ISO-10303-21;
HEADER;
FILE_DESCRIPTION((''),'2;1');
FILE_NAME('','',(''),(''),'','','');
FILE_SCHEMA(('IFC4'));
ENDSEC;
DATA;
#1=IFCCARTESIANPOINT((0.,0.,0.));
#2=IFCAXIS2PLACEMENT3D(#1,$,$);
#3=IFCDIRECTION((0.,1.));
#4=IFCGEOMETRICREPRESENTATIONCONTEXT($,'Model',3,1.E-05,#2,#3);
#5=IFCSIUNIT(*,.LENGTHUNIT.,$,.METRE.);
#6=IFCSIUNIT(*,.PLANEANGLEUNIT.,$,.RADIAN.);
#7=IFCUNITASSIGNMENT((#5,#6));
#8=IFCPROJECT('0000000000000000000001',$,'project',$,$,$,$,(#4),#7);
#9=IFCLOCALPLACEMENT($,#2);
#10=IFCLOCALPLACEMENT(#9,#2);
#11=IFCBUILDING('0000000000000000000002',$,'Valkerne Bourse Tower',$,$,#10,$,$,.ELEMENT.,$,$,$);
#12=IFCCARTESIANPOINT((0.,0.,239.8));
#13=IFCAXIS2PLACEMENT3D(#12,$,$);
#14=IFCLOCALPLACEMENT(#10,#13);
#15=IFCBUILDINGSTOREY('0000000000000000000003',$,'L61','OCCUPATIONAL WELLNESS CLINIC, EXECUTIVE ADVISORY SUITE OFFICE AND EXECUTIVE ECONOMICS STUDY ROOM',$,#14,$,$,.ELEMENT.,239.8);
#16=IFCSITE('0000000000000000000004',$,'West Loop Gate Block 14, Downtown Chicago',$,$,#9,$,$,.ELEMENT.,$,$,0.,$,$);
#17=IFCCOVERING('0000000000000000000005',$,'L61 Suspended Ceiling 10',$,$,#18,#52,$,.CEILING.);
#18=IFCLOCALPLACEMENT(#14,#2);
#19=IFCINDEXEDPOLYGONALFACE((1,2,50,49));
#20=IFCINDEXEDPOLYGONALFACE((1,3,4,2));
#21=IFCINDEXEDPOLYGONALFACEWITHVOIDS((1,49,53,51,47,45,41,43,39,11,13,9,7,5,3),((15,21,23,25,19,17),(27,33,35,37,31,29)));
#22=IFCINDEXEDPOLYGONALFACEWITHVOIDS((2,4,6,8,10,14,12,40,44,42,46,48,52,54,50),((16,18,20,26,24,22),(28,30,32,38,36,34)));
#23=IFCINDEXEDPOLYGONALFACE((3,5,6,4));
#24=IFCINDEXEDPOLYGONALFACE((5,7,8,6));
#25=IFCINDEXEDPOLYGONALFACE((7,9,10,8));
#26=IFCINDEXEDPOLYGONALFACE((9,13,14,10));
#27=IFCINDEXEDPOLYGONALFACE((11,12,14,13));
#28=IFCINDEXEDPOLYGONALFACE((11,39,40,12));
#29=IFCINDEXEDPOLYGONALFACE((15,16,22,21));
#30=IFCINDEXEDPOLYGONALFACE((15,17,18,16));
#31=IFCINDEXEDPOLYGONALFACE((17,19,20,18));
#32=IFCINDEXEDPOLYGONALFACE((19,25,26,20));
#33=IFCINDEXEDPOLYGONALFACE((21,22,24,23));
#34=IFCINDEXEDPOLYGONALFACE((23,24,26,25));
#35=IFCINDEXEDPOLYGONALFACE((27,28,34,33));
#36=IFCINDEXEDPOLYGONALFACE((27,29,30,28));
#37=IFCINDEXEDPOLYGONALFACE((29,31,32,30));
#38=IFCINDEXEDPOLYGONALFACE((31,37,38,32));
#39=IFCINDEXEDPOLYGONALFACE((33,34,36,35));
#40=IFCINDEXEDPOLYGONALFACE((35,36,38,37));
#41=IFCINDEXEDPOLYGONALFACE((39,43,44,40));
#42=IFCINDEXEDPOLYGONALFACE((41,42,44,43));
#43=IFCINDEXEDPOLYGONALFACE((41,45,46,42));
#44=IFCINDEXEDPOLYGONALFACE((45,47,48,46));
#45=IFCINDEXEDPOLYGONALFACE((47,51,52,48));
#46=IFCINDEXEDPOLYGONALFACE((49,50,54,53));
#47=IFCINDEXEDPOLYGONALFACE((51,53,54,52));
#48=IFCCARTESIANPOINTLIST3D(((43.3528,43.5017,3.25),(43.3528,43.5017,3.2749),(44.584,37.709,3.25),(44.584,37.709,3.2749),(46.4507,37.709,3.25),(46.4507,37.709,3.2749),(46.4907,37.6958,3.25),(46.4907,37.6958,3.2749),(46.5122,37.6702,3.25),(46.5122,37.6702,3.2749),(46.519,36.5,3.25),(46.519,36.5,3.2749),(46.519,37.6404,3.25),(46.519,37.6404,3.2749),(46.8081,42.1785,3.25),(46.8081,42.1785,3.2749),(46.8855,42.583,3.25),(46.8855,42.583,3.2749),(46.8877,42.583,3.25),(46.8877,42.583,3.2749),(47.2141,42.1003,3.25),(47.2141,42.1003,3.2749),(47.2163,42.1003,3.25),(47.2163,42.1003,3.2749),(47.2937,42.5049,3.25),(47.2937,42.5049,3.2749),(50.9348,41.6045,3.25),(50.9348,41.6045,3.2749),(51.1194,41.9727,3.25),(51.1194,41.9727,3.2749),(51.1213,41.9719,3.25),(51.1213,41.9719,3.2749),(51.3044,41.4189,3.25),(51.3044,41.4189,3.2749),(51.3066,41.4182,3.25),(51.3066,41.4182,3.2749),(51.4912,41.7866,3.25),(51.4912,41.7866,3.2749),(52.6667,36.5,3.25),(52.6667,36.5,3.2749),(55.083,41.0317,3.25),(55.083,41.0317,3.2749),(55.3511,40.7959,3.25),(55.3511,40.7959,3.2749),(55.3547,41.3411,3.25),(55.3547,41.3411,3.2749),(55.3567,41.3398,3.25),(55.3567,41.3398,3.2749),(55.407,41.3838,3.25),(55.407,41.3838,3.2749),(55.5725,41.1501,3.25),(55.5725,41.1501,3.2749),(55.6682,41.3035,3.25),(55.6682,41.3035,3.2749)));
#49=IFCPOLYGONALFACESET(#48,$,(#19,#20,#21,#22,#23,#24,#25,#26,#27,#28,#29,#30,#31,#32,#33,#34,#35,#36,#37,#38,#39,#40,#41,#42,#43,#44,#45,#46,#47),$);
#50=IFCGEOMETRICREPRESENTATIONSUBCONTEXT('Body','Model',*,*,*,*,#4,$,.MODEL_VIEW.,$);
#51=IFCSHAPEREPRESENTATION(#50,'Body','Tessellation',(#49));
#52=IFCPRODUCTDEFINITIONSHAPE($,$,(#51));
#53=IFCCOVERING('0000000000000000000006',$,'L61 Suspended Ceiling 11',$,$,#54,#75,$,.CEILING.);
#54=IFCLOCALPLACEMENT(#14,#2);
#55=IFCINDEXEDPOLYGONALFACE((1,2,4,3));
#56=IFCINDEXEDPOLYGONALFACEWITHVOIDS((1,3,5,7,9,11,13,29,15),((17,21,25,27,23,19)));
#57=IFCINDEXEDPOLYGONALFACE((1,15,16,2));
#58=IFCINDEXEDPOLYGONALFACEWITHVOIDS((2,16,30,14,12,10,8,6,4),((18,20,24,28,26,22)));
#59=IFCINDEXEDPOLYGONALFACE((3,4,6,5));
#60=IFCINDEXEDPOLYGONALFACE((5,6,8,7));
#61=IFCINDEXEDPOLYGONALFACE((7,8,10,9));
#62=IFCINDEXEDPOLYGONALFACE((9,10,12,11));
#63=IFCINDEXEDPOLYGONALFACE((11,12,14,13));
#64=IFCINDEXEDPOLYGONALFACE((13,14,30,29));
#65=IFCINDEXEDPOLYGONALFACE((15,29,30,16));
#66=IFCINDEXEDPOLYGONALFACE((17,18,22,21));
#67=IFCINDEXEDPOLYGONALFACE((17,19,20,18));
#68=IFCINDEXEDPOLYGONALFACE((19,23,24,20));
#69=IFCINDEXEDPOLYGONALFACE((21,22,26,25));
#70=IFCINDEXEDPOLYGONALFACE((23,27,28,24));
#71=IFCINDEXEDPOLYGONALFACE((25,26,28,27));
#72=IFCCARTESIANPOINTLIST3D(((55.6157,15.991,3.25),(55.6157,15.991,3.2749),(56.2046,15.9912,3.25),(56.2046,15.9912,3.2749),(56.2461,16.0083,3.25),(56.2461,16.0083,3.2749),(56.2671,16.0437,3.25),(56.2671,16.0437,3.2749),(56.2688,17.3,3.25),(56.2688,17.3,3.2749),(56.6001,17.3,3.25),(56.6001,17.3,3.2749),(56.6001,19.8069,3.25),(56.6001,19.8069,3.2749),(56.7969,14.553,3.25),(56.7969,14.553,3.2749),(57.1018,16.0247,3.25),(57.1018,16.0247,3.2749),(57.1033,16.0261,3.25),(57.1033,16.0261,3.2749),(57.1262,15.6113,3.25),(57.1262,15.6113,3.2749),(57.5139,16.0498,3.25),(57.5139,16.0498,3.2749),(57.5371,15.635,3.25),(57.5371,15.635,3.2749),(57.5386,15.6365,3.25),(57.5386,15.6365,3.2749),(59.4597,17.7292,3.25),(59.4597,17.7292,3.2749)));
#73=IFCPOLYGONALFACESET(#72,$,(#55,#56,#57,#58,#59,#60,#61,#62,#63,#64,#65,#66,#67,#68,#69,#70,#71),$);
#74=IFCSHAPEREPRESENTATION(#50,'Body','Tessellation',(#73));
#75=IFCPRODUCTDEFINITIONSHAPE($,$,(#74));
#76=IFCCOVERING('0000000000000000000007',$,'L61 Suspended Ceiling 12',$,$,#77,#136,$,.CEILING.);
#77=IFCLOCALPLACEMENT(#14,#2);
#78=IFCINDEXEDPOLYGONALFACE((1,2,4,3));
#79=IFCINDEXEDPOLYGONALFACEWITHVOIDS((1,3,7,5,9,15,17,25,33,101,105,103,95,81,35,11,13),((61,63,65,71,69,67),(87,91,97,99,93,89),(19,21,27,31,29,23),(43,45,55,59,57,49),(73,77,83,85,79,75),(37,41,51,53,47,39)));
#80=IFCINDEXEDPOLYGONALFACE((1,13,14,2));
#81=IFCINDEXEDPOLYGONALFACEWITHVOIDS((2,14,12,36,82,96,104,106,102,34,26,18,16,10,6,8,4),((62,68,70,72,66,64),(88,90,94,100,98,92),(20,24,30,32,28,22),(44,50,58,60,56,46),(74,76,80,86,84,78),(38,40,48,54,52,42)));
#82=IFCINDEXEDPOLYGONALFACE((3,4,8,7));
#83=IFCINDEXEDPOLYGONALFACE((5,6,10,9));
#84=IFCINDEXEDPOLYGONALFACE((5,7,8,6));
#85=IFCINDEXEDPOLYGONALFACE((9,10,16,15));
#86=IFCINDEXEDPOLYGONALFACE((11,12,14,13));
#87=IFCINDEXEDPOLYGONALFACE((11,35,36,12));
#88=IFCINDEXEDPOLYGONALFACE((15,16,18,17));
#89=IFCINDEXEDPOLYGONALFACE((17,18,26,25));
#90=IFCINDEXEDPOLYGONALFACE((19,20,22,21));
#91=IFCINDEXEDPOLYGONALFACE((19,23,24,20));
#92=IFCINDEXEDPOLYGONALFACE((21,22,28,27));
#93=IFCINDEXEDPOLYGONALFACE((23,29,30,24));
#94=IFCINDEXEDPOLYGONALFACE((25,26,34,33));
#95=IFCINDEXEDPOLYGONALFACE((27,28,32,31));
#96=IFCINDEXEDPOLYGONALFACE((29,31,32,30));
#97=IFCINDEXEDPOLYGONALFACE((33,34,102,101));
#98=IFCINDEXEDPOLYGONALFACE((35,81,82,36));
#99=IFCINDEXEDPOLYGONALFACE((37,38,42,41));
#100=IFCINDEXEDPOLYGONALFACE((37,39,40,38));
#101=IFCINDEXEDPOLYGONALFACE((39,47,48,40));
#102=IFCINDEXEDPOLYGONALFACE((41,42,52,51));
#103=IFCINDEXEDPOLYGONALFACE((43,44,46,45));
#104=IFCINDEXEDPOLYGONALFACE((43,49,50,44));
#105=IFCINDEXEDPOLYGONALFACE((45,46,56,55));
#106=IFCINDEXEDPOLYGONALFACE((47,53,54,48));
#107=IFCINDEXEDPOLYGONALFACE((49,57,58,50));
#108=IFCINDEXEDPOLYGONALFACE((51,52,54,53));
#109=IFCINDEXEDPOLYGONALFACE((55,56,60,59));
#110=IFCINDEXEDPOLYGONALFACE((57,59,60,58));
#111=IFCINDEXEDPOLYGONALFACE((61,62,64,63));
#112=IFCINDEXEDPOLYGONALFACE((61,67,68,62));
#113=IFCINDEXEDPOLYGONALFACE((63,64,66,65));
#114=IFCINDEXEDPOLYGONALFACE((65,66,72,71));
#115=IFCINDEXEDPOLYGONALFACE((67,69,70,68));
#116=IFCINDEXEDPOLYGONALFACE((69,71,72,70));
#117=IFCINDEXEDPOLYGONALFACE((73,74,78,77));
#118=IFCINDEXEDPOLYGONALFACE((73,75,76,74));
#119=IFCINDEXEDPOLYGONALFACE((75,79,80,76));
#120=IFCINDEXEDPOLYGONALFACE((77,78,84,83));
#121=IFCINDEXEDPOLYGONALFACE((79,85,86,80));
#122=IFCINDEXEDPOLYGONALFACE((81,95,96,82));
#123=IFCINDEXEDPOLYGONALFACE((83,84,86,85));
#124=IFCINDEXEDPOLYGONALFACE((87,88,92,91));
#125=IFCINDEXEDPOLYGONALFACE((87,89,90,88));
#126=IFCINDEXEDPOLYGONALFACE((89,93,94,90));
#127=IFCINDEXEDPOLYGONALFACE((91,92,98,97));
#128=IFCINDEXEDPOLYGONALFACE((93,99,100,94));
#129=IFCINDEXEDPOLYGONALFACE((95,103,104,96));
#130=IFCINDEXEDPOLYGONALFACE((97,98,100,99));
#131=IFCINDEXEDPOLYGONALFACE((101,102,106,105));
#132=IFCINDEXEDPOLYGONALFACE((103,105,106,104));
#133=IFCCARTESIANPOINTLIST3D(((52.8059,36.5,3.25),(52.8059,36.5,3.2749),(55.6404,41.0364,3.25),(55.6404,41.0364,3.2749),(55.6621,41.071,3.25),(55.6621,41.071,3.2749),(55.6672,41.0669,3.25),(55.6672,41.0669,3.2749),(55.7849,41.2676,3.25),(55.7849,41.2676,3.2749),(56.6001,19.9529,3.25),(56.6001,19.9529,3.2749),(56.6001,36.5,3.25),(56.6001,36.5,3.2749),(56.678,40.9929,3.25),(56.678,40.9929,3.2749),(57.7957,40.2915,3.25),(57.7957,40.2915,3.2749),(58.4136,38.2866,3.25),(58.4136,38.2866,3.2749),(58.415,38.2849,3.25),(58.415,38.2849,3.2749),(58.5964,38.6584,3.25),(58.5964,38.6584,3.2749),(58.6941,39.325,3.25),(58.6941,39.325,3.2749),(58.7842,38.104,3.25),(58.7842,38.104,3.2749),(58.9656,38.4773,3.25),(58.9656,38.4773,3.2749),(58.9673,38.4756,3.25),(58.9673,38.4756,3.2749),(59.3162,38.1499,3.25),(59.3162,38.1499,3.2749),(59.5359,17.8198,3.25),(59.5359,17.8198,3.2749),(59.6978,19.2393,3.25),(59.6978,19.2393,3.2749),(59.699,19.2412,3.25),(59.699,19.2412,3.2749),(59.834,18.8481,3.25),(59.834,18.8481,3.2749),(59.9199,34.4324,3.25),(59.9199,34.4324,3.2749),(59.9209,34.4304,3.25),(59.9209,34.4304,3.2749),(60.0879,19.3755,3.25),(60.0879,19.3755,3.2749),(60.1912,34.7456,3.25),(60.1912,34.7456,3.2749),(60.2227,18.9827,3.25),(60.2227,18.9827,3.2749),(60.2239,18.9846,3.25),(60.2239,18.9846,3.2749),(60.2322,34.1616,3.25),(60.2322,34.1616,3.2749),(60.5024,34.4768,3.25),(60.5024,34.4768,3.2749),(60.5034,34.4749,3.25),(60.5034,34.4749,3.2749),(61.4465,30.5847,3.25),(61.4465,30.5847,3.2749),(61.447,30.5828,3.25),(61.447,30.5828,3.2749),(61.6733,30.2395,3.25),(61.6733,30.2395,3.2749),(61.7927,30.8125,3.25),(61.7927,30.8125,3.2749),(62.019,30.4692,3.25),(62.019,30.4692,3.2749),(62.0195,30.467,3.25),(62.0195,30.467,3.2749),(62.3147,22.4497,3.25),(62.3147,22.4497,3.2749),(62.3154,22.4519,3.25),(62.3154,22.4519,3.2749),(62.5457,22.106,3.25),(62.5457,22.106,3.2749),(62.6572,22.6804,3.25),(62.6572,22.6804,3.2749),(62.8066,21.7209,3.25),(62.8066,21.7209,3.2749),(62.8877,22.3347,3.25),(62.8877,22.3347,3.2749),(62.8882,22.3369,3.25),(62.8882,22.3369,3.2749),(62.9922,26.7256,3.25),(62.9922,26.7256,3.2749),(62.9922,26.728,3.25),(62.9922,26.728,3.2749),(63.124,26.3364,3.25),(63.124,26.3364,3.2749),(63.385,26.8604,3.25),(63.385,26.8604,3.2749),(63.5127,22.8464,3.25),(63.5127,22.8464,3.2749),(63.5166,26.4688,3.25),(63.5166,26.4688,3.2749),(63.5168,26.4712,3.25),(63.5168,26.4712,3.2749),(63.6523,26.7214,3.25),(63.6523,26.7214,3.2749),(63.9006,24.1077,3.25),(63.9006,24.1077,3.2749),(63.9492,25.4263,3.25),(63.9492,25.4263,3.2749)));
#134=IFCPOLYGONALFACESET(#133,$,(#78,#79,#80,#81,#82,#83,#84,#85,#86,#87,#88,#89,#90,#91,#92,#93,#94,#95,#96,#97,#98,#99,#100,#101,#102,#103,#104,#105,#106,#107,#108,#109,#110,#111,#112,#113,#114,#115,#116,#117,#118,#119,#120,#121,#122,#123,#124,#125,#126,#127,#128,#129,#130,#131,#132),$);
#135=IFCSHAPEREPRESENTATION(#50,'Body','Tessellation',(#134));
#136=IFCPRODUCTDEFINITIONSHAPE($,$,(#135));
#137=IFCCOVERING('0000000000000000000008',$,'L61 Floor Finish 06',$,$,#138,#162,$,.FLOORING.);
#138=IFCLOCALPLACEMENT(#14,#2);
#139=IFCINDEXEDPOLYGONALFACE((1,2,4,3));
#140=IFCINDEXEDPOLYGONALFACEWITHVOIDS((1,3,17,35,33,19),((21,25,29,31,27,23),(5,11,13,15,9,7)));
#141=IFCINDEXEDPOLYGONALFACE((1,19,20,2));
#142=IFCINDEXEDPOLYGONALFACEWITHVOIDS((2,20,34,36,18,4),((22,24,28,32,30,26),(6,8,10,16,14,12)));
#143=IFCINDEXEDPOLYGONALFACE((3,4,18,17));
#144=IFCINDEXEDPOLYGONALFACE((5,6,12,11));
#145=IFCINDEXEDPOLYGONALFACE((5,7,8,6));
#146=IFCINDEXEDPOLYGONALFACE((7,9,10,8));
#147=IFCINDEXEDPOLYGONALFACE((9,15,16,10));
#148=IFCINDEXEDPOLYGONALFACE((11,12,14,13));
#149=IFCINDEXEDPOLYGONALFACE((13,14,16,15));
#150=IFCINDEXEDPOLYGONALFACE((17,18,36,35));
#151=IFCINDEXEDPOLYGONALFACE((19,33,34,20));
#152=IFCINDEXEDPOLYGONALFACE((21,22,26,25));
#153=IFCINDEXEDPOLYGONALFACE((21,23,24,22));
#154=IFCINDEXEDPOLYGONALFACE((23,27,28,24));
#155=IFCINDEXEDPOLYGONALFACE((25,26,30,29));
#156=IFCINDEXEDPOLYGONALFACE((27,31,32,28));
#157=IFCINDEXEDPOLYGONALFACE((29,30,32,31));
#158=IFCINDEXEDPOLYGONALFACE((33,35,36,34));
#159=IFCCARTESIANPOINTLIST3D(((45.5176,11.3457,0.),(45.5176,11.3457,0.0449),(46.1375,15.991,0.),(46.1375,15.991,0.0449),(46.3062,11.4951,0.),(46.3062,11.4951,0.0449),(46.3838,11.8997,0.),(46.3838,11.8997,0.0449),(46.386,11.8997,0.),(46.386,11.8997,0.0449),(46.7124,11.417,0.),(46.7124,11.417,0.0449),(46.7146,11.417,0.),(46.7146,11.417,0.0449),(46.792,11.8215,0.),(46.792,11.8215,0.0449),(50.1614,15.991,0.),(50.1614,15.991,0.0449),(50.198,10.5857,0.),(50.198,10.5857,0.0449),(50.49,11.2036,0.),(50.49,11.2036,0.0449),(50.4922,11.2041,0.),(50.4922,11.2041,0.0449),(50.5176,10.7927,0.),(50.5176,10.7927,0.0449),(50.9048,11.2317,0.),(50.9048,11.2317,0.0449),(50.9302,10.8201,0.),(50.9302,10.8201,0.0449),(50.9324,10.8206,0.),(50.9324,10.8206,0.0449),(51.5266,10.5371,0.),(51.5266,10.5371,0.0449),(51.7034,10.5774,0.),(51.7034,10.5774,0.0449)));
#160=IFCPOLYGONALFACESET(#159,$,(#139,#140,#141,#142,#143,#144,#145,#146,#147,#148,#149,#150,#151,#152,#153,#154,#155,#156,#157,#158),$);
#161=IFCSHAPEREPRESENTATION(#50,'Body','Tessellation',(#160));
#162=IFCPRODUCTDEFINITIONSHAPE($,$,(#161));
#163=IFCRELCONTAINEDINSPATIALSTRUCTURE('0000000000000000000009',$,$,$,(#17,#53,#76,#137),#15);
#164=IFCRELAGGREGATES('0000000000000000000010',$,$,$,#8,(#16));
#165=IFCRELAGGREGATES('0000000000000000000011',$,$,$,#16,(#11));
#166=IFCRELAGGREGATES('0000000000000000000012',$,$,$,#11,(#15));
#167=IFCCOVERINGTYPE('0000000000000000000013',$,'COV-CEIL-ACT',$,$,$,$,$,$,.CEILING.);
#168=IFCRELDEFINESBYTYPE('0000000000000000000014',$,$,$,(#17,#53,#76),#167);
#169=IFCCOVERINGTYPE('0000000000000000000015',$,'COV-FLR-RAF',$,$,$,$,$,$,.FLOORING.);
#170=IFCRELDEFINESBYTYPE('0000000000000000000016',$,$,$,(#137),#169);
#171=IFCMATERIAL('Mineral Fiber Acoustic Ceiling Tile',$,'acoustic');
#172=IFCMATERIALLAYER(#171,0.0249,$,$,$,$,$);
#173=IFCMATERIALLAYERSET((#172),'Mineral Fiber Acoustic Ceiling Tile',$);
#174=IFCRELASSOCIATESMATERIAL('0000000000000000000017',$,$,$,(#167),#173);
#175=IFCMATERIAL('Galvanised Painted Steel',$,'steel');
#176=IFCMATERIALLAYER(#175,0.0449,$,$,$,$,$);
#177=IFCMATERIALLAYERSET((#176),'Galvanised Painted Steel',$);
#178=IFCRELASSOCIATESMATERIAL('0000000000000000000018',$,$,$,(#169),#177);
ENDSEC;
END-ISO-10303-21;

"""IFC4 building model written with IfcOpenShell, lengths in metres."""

from ifc_helpers import new_model, si_unit, direction, frame, origin, place, context, subcontext, project, spatial, polyline, outline, extrude, material, layer, layer_set, type_object, element, save


model = new_model("IFC4")

# Units and contexts
model_context = context("Model", 3, precision=1e-05, world=origin(), true_north=direction((0.0, 1.0)))
body_context = subcontext(model_context, "Body", "Model", "MODEL_VIEW")
ifc_project = project(units=[si_unit("LENGTHUNIT", "METRE"), si_unit("PLANEANGLEUNIT", "RADIAN")], contexts=[model_context])

# Site, building, storey
site_placement = place(None, origin())
site = spatial("IfcSite", under=ifc_project, at=site_placement, Name="West Loop Gate Block 14, Downtown Chicago", CompositionType="ELEMENT", RefElevation=0.0)
building_placement = place(site_placement, origin())
building = spatial("IfcBuilding", under=site, at=building_placement, Name="Valkerne Bourse Tower", CompositionType="ELEMENT")
storey_placement = place(building_placement, frame((0.0, 0.0, 239.8)))
storey = spatial("IfcBuildingStorey", under=building, at=storey_placement, Name="L61", Description="OCCUPATIONAL WELLNESS CLINIC, EXECUTIVE ADVISORY SUITE OFFICE AND EXECUTIVE ECONOMICS STUDY ROOM", CompositionType="ELEMENT", Elevation=239.8)

# Coverings
ifc_material_1 = material(Name="Mineral Fiber Acoustic Ceiling Tile", Category="acoustic")
ifc_layer_1 = layer(ifc_material_1, 0.0249)
ifc_layer_set_1 = layer_set([ifc_layer_1], Name="Mineral Fiber Acoustic Ceiling Tile")
covering_type_1 = type_object("IfcCoveringType", Name="COV-CEIL-ACT", PredefinedType="CEILING", material=ifc_layer_set_1)
covering_1_placement = place(storey_placement, frame((0.0, 0.0, 3.25)))
element("IfcCovering", 1, at=covering_1_placement, inside=storey, type_object=covering_type_1, Name="L61 Suspended Ceiling 10", PredefinedType="CEILING", context=body_context, shape_type="SweptSolid", body=[
    extrude(outline(polyline([(55.6682, 41.3035), (55.5725, 41.1501), (55.3567, 41.3398), (55.3547, 41.3411), (55.083, 41.0317), (55.3511, 40.7959), (52.6667, 36.5), (46.519, 36.5), (46.519, 37.6404), (46.5122, 37.6702), (46.4907, 37.6958), (46.4507, 37.709), (44.584, 37.709), (43.3528, 43.5017), (55.407, 41.3838), (55.6682, 41.3035)]), holes=[polyline([(51.1213, 41.9719), (51.1194, 41.9727), (50.9348, 41.6045), (51.3044, 41.4189), (51.3066, 41.4182), (51.4912, 41.7866), (51.1213, 41.9719)]), polyline([(47.2937, 42.5049), (46.8877, 42.583), (46.8855, 42.583), (46.8081, 42.1785), (47.2141, 42.1003), (47.2163, 42.1003), (47.2937, 42.5049)])]), origin(), (0.0, 0.0, 1.0), 0.0249),
])
covering_2_placement = place(storey_placement, frame((0.0, 0.0, 3.25)))
element("IfcCovering", 2, at=covering_2_placement, inside=storey, type_object=covering_type_1, Name="L61 Suspended Ceiling 11", PredefinedType="CEILING", context=body_context, shape_type="SweptSolid", body=[
    extrude(outline(polyline([(56.2046, 15.9912), (56.2461, 16.0083), (56.2671, 16.0437), (56.2688, 17.3), (56.6001, 17.3), (56.6001, 19.8069), (59.4597, 17.7292), (56.7969, 14.553), (55.6157, 15.991), (56.2046, 15.9912)]), holes=[polyline([(57.5386, 15.6365), (57.5139, 16.0498), (57.1033, 16.0261), (57.1018, 16.0247), (57.1262, 15.6113), (57.5371, 15.635), (57.5386, 15.6365)])]), origin(), (0.0, 0.0, 1.0), 0.0249),
])
covering_3_placement = place(storey_placement, frame((0.0, 0.0, 3.25)))
element("IfcCovering", 3, at=covering_3_placement, inside=storey, type_object=covering_type_1, Name="L61 Suspended Ceiling 12", PredefinedType="CEILING", context=body_context, shape_type="SweptSolid", body=[
    extrude(outline(polyline([(63.5127, 22.8464), (62.8066, 21.7209), (59.5359, 17.8198), (56.6001, 19.9529), (56.6001, 36.5), (52.8059, 36.5), (55.6404, 41.0364), (55.6672, 41.0669), (55.6621, 41.071), (55.7849, 41.2676), (56.678, 40.9929), (57.7957, 40.2915), (58.6941, 39.325), (59.3162, 38.1499), (63.6523, 26.7214), (63.9492, 25.4263), (63.9006, 24.1077), (63.5127, 22.8464)]), holes=[polyline([(60.2239, 18.9846), (60.0879, 19.3755), (59.699, 19.2412), (59.6978, 19.2393), (59.834, 18.8481), (60.2227, 18.9827), (60.2239, 18.9846)]), polyline([(62.8882, 22.3369), (62.6572, 22.6804), (62.3154, 22.4519), (62.3147, 22.4497), (62.5457, 22.106), (62.8877, 22.3347), (62.8882, 22.3369)]), polyline([(63.5166, 26.4688), (63.5168, 26.4712), (63.385, 26.8604), (62.9922, 26.728), (62.9922, 26.7256), (63.124, 26.3364), (63.5166, 26.4688)]), polyline([(62.019, 30.4692), (61.7927, 30.8125), (61.4465, 30.5847), (61.447, 30.5828), (61.6733, 30.2395), (62.0195, 30.467), (62.019, 30.4692)]), polyline([(60.5024, 34.4768), (60.1912, 34.7456), (59.9199, 34.4324), (59.9209, 34.4304), (60.2322, 34.1616), (60.5034, 34.4749), (60.5024, 34.4768)]), polyline([(58.9656, 38.4773), (58.5964, 38.6584), (58.4136, 38.2866), (58.415, 38.2849), (58.7842, 38.104), (58.9673, 38.4756), (58.9656, 38.4773)])]), origin(), (0.0, 0.0, 1.0), 0.0249),
])
ifc_material_2 = material(Name="Galvanised Painted Steel", Category="steel")
ifc_layer_2 = layer(ifc_material_2, 0.0449)
ifc_layer_set_2 = layer_set([ifc_layer_2], Name="Galvanised Painted Steel")
covering_type_2 = type_object("IfcCoveringType", Name="COV-FLR-RAF", PredefinedType="FLOORING", material=ifc_layer_set_2)
covering_4_placement = place(storey_placement, origin())
element("IfcCovering", 4, at=covering_4_placement, inside=storey, type_object=covering_type_2, Name="L61 Floor Finish 06", PredefinedType="FLOORING", context=body_context, shape_type="SweptSolid", body=[
    extrude(outline(polyline([(45.5176, 11.3457), (46.1375, 15.991), (50.1614, 15.991), (51.7034, 10.5774), (51.5266, 10.5371), (50.198, 10.5857), (45.5176, 11.3457)]), holes=[polyline([(46.386, 11.8997), (46.3838, 11.8997), (46.3062, 11.4951), (46.7124, 11.417), (46.7146, 11.417), (46.792, 11.8215), (46.386, 11.8997)]), polyline([(50.9324, 10.8206), (50.9048, 11.2317), (50.4922, 11.2041), (50.49, 11.2036), (50.5176, 10.7927), (50.9302, 10.8201), (50.9324, 10.8206)])]), origin(), (0.0, 0.0, 1.0), 0.0449),
])

save(model, "model.ifc")
